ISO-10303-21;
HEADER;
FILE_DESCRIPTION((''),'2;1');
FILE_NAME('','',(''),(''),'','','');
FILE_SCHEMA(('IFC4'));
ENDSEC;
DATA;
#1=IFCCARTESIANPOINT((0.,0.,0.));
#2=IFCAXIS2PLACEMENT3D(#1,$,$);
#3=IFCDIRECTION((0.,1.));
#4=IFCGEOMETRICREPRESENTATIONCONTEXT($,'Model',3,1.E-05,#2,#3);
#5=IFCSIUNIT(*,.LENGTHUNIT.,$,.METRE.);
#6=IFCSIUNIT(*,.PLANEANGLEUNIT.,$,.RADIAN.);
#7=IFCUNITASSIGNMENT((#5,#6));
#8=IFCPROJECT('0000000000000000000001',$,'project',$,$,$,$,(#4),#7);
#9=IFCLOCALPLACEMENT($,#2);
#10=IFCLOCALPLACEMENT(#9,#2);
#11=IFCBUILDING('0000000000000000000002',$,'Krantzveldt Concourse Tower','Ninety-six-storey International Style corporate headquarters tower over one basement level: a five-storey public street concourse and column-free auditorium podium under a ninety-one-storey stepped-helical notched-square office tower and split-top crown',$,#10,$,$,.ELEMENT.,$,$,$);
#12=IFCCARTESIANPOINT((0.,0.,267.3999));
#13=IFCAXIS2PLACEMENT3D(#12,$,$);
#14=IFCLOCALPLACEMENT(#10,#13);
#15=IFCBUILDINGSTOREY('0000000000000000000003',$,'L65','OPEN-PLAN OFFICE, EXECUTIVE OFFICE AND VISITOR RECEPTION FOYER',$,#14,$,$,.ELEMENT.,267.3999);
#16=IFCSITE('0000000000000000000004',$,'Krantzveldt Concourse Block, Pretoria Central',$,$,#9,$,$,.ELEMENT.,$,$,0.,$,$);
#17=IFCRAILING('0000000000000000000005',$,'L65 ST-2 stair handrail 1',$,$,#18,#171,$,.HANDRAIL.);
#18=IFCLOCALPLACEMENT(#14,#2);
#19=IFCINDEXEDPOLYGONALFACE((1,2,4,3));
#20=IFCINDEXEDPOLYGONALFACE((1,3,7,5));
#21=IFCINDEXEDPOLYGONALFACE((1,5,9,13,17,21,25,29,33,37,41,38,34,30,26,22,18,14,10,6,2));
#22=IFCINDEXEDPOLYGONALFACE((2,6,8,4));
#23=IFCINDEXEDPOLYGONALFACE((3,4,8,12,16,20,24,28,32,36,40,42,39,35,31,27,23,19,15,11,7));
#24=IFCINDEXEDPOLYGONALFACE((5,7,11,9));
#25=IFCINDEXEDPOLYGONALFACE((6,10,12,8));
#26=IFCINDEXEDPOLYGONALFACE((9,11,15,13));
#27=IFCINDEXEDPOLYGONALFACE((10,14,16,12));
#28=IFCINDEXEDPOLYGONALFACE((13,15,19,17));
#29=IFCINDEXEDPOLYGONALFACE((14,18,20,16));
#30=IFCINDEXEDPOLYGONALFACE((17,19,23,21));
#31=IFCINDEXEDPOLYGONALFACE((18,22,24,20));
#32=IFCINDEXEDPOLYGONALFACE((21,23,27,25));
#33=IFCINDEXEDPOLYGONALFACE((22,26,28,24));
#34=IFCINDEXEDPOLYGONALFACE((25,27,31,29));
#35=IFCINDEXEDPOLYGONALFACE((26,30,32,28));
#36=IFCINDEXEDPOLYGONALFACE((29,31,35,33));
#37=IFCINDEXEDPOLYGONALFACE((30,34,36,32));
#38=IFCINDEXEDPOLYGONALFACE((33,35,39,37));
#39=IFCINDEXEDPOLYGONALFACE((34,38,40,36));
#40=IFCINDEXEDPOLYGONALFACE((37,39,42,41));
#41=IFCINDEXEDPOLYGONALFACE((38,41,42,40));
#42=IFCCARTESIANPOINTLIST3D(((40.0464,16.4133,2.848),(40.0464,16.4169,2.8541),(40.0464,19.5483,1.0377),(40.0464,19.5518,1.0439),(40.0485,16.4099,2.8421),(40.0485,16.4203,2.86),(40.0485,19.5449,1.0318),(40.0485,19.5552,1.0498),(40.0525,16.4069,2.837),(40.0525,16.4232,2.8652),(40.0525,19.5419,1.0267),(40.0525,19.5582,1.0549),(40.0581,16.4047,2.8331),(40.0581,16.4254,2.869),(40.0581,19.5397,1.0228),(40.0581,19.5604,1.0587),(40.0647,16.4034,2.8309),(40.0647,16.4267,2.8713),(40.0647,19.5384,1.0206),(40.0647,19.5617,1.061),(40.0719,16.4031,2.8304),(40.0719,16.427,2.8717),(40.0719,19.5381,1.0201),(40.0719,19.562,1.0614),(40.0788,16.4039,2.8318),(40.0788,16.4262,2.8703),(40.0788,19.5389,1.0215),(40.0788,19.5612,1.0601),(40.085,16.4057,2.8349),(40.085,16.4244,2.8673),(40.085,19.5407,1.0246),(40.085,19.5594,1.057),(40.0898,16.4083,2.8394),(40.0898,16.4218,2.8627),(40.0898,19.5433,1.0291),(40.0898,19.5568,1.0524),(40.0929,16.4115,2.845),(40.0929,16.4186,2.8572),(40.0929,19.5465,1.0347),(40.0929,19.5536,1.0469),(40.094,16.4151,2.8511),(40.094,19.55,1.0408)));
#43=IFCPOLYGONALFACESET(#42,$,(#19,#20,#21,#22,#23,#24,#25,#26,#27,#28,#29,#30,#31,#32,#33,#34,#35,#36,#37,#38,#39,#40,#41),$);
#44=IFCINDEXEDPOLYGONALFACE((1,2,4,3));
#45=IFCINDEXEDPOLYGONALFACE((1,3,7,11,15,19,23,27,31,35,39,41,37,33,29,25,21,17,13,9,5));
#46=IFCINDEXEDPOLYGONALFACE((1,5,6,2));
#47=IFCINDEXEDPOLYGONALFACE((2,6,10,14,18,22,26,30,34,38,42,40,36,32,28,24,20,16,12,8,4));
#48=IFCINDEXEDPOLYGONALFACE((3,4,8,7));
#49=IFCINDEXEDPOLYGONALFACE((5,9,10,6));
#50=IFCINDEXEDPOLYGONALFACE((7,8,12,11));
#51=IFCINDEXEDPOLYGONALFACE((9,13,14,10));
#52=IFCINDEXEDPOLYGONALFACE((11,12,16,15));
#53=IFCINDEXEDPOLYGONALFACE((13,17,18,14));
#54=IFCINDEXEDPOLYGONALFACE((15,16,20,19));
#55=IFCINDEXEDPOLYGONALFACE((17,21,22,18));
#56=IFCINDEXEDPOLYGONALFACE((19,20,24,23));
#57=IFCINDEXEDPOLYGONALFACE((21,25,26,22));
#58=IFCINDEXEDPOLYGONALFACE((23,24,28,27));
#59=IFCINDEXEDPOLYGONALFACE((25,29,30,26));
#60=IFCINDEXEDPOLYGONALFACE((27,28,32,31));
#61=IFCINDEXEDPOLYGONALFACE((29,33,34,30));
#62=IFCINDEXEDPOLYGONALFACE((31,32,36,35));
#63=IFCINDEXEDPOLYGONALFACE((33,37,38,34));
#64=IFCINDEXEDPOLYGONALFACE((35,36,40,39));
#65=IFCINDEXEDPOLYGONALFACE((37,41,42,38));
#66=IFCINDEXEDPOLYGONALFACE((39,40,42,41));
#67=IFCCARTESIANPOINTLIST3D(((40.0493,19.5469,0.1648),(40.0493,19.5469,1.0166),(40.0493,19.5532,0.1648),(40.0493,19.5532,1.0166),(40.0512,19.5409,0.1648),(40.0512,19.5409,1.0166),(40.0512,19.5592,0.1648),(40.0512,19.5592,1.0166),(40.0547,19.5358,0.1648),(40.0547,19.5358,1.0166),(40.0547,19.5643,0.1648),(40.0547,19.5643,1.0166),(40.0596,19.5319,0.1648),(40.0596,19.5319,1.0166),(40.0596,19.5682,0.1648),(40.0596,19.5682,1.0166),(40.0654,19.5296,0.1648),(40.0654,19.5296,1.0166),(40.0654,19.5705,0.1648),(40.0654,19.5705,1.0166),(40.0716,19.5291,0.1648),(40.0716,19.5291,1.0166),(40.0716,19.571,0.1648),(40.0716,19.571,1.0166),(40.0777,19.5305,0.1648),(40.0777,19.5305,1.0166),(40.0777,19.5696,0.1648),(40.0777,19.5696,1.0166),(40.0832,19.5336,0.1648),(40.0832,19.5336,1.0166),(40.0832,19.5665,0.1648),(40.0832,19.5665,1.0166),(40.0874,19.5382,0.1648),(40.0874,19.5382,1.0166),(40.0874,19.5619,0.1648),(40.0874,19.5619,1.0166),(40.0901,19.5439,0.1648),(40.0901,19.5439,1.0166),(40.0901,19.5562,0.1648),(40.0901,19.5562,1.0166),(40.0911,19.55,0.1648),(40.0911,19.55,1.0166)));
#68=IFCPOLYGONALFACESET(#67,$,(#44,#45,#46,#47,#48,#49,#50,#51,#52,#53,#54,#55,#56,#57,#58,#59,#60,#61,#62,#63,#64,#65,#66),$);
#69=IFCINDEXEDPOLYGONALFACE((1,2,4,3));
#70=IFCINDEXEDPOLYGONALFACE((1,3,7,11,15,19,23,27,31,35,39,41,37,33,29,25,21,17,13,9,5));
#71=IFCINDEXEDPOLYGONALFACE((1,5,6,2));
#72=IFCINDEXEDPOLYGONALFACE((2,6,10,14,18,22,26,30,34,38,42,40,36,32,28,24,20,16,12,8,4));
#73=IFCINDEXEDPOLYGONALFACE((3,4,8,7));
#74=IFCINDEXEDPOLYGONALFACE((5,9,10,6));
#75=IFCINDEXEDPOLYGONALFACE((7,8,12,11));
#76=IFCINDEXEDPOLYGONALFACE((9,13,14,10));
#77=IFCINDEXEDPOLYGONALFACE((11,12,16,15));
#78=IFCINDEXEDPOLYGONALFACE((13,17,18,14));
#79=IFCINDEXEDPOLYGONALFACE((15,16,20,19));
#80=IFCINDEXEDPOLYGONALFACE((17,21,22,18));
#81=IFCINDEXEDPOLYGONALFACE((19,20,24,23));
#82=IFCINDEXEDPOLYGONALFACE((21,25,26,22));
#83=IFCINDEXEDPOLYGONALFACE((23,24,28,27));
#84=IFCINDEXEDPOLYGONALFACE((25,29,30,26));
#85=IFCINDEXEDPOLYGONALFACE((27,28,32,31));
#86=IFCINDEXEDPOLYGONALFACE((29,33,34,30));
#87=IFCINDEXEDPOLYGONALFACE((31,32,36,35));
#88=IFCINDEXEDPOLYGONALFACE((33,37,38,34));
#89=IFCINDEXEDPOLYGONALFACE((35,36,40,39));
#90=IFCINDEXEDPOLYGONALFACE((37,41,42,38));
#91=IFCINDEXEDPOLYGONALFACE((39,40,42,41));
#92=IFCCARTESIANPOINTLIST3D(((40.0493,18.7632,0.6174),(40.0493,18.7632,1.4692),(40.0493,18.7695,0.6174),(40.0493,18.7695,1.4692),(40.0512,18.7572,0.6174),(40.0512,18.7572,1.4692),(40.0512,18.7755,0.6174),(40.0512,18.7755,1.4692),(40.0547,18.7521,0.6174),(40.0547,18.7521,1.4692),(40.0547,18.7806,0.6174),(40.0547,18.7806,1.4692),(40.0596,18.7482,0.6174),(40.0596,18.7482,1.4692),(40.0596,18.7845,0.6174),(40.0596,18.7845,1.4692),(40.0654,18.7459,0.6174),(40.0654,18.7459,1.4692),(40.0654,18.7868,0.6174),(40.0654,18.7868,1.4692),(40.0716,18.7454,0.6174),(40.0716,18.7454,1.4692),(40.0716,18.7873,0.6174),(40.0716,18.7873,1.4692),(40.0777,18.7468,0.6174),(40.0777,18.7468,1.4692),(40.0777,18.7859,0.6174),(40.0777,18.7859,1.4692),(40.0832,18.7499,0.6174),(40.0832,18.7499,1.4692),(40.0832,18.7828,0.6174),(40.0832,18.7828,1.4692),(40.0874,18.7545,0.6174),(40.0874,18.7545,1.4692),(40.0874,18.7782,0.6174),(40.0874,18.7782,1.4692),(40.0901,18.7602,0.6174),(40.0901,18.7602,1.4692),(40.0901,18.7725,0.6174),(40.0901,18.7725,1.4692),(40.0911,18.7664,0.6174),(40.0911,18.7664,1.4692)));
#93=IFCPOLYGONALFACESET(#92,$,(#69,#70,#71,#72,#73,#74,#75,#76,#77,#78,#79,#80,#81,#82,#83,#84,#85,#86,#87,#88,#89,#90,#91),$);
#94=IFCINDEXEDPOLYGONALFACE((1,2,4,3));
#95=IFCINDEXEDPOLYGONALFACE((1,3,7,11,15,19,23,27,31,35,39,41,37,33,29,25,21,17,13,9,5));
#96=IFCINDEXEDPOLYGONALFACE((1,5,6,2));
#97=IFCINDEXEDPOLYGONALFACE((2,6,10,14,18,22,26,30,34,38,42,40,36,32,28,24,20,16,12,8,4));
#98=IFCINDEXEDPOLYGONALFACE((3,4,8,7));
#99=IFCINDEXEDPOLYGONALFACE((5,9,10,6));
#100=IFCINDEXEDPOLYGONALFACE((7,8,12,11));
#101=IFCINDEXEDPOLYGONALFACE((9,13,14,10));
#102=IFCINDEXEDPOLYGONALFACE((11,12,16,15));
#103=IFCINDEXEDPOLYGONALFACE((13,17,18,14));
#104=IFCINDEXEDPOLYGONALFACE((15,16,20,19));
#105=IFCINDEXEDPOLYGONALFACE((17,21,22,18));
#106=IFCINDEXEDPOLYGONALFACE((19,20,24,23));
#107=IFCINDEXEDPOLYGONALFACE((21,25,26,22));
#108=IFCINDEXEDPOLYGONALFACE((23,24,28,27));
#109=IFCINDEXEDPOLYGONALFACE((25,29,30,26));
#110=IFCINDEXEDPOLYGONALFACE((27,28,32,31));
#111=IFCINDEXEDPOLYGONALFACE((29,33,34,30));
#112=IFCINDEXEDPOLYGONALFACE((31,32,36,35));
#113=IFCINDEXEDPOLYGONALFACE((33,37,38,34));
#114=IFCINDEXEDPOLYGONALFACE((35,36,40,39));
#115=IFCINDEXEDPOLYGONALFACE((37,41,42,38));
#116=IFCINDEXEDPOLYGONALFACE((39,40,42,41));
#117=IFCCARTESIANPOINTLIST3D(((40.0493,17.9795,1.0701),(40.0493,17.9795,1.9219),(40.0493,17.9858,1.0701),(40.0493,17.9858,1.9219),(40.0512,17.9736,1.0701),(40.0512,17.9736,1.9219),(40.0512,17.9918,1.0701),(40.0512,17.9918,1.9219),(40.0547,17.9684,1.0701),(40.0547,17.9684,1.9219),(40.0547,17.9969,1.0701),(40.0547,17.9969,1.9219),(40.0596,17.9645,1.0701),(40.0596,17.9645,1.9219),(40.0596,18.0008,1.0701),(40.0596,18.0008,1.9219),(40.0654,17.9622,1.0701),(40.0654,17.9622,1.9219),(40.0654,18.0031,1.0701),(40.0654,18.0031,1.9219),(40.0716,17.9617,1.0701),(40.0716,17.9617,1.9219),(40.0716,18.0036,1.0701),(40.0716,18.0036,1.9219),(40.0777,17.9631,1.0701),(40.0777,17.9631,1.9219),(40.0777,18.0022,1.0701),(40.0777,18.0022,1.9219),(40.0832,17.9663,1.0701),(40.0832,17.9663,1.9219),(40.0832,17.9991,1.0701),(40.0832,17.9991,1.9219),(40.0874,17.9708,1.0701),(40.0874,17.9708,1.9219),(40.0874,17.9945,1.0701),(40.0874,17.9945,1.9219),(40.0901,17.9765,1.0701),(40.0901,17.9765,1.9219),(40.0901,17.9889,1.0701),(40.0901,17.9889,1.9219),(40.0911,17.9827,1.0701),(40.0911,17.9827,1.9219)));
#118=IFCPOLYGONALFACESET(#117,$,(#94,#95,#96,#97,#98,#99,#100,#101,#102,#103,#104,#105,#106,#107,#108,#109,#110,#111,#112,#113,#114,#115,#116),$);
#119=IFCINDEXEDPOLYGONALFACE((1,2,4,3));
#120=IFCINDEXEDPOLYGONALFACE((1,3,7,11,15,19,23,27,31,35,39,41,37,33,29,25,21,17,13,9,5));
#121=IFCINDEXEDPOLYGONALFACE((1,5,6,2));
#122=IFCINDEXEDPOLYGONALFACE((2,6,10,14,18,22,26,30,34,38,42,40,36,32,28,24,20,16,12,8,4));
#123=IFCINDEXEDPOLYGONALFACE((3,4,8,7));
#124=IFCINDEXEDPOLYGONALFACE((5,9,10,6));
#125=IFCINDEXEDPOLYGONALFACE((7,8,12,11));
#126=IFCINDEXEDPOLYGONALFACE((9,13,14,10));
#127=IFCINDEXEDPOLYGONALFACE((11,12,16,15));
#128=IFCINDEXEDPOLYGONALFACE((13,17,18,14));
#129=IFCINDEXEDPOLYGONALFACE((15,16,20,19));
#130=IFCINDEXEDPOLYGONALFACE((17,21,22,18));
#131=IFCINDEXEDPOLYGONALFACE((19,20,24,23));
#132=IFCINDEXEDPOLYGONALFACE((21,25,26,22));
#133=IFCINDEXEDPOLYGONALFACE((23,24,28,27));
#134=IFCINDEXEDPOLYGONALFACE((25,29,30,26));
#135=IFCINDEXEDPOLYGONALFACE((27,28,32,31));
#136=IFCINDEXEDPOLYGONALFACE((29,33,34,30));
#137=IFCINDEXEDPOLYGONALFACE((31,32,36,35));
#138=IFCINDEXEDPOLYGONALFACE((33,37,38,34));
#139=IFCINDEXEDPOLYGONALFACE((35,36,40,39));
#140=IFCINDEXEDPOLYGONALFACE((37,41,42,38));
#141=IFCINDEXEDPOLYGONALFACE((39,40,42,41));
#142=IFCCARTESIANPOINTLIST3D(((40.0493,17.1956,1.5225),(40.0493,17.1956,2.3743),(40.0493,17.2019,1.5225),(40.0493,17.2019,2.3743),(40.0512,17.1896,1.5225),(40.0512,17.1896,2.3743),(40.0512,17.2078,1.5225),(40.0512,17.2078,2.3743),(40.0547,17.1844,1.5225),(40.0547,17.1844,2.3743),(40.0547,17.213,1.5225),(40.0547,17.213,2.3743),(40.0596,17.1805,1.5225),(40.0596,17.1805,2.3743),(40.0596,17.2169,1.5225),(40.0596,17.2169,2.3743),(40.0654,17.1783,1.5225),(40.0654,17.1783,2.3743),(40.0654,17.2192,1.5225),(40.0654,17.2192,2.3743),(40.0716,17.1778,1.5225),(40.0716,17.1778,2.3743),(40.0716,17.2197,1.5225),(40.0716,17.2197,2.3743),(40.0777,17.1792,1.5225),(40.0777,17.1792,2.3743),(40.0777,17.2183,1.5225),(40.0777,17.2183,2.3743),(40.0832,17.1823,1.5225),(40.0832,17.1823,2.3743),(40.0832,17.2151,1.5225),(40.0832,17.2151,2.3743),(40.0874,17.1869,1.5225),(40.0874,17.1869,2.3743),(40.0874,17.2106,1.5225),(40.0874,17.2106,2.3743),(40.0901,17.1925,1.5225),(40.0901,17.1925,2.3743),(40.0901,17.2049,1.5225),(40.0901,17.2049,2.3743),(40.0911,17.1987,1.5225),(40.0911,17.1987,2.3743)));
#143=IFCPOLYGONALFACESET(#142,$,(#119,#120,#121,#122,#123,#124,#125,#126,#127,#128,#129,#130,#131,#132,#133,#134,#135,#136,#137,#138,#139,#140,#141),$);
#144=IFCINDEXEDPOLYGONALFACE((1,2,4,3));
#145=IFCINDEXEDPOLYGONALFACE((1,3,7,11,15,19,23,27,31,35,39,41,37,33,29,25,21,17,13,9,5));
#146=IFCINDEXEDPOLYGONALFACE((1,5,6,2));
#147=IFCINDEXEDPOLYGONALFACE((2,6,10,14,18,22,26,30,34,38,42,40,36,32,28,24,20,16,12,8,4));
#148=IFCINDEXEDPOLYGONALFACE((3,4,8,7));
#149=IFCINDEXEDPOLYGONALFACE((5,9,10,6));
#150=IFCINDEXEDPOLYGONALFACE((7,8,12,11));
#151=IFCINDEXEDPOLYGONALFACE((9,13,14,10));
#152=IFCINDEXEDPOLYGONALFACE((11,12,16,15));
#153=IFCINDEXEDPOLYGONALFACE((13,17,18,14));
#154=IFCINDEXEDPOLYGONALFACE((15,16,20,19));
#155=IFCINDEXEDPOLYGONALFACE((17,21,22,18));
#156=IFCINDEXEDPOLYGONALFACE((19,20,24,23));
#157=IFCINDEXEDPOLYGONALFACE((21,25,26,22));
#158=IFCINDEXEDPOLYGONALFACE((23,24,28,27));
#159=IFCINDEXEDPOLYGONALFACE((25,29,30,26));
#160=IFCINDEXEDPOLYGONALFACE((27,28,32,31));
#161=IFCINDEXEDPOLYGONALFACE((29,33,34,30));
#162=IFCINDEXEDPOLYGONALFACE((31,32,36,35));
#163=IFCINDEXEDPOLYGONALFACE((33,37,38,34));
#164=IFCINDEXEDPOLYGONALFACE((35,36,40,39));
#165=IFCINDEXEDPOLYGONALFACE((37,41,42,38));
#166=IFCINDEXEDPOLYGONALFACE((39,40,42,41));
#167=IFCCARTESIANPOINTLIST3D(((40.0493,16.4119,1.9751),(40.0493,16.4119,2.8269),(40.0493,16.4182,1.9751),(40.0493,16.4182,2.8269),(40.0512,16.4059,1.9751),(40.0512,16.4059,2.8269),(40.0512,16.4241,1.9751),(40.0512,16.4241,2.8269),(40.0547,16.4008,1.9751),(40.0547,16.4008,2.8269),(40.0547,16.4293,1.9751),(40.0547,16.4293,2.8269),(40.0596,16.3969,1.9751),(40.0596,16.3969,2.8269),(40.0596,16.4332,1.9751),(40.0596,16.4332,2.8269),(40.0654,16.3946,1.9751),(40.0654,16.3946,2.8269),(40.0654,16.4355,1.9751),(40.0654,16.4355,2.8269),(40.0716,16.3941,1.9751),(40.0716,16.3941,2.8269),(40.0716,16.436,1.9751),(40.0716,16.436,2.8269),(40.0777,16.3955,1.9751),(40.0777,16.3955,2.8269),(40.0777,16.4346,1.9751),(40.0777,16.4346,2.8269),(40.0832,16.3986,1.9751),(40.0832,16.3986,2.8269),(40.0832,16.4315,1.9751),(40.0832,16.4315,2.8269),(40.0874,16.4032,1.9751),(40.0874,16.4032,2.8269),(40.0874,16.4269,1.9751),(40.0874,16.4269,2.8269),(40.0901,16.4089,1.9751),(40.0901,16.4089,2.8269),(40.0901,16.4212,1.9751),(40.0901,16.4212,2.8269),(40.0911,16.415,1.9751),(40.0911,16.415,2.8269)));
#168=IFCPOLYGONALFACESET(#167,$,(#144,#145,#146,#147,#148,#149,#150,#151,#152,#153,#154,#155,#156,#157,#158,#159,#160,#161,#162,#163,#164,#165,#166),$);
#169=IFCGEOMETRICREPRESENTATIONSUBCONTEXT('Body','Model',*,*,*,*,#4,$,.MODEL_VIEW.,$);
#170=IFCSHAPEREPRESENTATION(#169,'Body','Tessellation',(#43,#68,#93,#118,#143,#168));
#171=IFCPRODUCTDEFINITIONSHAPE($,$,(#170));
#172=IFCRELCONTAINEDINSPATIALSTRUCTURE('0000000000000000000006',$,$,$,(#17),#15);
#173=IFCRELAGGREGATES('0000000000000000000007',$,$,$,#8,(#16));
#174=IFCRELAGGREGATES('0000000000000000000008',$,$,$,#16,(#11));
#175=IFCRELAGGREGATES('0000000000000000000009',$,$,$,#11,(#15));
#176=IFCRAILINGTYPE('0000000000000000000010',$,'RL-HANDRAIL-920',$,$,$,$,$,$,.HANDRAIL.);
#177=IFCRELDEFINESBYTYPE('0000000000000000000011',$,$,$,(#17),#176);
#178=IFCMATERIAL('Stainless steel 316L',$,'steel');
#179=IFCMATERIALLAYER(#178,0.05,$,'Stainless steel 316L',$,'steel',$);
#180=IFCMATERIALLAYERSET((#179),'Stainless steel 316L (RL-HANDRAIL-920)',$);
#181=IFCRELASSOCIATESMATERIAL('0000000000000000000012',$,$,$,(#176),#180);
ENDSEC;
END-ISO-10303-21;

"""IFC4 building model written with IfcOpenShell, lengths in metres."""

from ifc_helpers import new_model, si_unit, direction, frame, origin, origin_2d, place, context, subcontext, project, spatial, circle, extrude, material, layer, layer_set, type_object, element, save


model = new_model("IFC4")

# Units and contexts
model_context = context("Model", 3, precision=1e-05, world=origin(), true_north=direction((0.0, 1.0)))
body_context = subcontext(model_context, "Body", "Model", "MODEL_VIEW")
ifc_project = project(units=[si_unit("LENGTHUNIT", "METRE"), si_unit("PLANEANGLEUNIT", "RADIAN")], contexts=[model_context])

# Site, building, storey
site_placement = place(None, origin())
site = spatial("IfcSite", under=ifc_project, at=site_placement, Name="Krantzveldt Concourse Block, Pretoria Central", CompositionType="ELEMENT", RefElevation=0.0)
building_placement = place(site_placement, origin())
building = spatial("IfcBuilding", under=site, at=building_placement, Name="Krantzveldt Concourse Tower", Description="Ninety-six-storey International Style corporate headquarters tower over one basement level: a five-storey public street concourse and column-free auditorium podium under a ninety-one-storey stepped-helical notched-square office tower and split-top crown", CompositionType="ELEMENT")
storey_placement = place(building_placement, frame((0.0, 0.0, 267.3999)))
storey = spatial("IfcBuildingStorey", under=building, at=storey_placement, Name="L65", Description="OPEN-PLAN OFFICE, EXECUTIVE OFFICE AND VISITOR RECEPTION FOYER", CompositionType="ELEMENT", Elevation=267.3999)

# Shared definitions
ifc_material_1 = material(Name="Stainless steel 316L", Category="steel")

# Railing
ifc_layer_1 = layer(ifc_material_1, 0.05, Name="Stainless steel 316L", Category="steel")
ifc_layer_set_1 = layer_set([ifc_layer_1], Name="Stainless steel 316L (RL-HANDRAIL-920)")
railing_type_1 = type_object("IfcRailingType", Name="RL-HANDRAIL-920", PredefinedType="HANDRAIL", material=ifc_layer_set_1)
railing_1_placement = place(storey_placement, frame((40.0701, 19.55, 0.1648)))
element("IfcRailing", 1, at=railing_1_placement, inside=storey, type_object=railing_type_1, Name="L65 ST-2 stair handrail 1", PredefinedType="HANDRAIL", context=body_context, shape_type="SweptSolid", body=[
    extrude(circle(Radius=0.0239, at=origin_2d()), frame((0.0, 0.0, 0.876), z_axis=(0.0, -0.865989, 0.500063), x_axis=(1.0, 0.0, 0.0)), (0.0, 0.0, 1.0), 3.6201),
    extrude(circle(Radius=0.021, at=origin_2d()), origin(), (0.0, 0.0, 1.0), 0.8518),
    extrude(circle(Radius=0.021, at=origin_2d()), frame((0.0, -0.7837, 0.4526)), (0.0, 0.0, 1.0), 0.8518),
    extrude(circle(Radius=0.021, at=origin_2d()), frame((0.0, -1.5674, 0.9053)), (0.0, 0.0, 1.0), 0.8518),
    extrude(circle(Radius=0.021, at=origin_2d()), frame((0.0, -2.3513, 1.3577)), (0.0, 0.0, 1.0), 0.8518),
    extrude(circle(Radius=0.021, at=origin_2d()), frame((0.0, -3.135, 1.8103)), (0.0, 0.0, 1.0), 0.8518),
])

save(model, "model.ifc")
